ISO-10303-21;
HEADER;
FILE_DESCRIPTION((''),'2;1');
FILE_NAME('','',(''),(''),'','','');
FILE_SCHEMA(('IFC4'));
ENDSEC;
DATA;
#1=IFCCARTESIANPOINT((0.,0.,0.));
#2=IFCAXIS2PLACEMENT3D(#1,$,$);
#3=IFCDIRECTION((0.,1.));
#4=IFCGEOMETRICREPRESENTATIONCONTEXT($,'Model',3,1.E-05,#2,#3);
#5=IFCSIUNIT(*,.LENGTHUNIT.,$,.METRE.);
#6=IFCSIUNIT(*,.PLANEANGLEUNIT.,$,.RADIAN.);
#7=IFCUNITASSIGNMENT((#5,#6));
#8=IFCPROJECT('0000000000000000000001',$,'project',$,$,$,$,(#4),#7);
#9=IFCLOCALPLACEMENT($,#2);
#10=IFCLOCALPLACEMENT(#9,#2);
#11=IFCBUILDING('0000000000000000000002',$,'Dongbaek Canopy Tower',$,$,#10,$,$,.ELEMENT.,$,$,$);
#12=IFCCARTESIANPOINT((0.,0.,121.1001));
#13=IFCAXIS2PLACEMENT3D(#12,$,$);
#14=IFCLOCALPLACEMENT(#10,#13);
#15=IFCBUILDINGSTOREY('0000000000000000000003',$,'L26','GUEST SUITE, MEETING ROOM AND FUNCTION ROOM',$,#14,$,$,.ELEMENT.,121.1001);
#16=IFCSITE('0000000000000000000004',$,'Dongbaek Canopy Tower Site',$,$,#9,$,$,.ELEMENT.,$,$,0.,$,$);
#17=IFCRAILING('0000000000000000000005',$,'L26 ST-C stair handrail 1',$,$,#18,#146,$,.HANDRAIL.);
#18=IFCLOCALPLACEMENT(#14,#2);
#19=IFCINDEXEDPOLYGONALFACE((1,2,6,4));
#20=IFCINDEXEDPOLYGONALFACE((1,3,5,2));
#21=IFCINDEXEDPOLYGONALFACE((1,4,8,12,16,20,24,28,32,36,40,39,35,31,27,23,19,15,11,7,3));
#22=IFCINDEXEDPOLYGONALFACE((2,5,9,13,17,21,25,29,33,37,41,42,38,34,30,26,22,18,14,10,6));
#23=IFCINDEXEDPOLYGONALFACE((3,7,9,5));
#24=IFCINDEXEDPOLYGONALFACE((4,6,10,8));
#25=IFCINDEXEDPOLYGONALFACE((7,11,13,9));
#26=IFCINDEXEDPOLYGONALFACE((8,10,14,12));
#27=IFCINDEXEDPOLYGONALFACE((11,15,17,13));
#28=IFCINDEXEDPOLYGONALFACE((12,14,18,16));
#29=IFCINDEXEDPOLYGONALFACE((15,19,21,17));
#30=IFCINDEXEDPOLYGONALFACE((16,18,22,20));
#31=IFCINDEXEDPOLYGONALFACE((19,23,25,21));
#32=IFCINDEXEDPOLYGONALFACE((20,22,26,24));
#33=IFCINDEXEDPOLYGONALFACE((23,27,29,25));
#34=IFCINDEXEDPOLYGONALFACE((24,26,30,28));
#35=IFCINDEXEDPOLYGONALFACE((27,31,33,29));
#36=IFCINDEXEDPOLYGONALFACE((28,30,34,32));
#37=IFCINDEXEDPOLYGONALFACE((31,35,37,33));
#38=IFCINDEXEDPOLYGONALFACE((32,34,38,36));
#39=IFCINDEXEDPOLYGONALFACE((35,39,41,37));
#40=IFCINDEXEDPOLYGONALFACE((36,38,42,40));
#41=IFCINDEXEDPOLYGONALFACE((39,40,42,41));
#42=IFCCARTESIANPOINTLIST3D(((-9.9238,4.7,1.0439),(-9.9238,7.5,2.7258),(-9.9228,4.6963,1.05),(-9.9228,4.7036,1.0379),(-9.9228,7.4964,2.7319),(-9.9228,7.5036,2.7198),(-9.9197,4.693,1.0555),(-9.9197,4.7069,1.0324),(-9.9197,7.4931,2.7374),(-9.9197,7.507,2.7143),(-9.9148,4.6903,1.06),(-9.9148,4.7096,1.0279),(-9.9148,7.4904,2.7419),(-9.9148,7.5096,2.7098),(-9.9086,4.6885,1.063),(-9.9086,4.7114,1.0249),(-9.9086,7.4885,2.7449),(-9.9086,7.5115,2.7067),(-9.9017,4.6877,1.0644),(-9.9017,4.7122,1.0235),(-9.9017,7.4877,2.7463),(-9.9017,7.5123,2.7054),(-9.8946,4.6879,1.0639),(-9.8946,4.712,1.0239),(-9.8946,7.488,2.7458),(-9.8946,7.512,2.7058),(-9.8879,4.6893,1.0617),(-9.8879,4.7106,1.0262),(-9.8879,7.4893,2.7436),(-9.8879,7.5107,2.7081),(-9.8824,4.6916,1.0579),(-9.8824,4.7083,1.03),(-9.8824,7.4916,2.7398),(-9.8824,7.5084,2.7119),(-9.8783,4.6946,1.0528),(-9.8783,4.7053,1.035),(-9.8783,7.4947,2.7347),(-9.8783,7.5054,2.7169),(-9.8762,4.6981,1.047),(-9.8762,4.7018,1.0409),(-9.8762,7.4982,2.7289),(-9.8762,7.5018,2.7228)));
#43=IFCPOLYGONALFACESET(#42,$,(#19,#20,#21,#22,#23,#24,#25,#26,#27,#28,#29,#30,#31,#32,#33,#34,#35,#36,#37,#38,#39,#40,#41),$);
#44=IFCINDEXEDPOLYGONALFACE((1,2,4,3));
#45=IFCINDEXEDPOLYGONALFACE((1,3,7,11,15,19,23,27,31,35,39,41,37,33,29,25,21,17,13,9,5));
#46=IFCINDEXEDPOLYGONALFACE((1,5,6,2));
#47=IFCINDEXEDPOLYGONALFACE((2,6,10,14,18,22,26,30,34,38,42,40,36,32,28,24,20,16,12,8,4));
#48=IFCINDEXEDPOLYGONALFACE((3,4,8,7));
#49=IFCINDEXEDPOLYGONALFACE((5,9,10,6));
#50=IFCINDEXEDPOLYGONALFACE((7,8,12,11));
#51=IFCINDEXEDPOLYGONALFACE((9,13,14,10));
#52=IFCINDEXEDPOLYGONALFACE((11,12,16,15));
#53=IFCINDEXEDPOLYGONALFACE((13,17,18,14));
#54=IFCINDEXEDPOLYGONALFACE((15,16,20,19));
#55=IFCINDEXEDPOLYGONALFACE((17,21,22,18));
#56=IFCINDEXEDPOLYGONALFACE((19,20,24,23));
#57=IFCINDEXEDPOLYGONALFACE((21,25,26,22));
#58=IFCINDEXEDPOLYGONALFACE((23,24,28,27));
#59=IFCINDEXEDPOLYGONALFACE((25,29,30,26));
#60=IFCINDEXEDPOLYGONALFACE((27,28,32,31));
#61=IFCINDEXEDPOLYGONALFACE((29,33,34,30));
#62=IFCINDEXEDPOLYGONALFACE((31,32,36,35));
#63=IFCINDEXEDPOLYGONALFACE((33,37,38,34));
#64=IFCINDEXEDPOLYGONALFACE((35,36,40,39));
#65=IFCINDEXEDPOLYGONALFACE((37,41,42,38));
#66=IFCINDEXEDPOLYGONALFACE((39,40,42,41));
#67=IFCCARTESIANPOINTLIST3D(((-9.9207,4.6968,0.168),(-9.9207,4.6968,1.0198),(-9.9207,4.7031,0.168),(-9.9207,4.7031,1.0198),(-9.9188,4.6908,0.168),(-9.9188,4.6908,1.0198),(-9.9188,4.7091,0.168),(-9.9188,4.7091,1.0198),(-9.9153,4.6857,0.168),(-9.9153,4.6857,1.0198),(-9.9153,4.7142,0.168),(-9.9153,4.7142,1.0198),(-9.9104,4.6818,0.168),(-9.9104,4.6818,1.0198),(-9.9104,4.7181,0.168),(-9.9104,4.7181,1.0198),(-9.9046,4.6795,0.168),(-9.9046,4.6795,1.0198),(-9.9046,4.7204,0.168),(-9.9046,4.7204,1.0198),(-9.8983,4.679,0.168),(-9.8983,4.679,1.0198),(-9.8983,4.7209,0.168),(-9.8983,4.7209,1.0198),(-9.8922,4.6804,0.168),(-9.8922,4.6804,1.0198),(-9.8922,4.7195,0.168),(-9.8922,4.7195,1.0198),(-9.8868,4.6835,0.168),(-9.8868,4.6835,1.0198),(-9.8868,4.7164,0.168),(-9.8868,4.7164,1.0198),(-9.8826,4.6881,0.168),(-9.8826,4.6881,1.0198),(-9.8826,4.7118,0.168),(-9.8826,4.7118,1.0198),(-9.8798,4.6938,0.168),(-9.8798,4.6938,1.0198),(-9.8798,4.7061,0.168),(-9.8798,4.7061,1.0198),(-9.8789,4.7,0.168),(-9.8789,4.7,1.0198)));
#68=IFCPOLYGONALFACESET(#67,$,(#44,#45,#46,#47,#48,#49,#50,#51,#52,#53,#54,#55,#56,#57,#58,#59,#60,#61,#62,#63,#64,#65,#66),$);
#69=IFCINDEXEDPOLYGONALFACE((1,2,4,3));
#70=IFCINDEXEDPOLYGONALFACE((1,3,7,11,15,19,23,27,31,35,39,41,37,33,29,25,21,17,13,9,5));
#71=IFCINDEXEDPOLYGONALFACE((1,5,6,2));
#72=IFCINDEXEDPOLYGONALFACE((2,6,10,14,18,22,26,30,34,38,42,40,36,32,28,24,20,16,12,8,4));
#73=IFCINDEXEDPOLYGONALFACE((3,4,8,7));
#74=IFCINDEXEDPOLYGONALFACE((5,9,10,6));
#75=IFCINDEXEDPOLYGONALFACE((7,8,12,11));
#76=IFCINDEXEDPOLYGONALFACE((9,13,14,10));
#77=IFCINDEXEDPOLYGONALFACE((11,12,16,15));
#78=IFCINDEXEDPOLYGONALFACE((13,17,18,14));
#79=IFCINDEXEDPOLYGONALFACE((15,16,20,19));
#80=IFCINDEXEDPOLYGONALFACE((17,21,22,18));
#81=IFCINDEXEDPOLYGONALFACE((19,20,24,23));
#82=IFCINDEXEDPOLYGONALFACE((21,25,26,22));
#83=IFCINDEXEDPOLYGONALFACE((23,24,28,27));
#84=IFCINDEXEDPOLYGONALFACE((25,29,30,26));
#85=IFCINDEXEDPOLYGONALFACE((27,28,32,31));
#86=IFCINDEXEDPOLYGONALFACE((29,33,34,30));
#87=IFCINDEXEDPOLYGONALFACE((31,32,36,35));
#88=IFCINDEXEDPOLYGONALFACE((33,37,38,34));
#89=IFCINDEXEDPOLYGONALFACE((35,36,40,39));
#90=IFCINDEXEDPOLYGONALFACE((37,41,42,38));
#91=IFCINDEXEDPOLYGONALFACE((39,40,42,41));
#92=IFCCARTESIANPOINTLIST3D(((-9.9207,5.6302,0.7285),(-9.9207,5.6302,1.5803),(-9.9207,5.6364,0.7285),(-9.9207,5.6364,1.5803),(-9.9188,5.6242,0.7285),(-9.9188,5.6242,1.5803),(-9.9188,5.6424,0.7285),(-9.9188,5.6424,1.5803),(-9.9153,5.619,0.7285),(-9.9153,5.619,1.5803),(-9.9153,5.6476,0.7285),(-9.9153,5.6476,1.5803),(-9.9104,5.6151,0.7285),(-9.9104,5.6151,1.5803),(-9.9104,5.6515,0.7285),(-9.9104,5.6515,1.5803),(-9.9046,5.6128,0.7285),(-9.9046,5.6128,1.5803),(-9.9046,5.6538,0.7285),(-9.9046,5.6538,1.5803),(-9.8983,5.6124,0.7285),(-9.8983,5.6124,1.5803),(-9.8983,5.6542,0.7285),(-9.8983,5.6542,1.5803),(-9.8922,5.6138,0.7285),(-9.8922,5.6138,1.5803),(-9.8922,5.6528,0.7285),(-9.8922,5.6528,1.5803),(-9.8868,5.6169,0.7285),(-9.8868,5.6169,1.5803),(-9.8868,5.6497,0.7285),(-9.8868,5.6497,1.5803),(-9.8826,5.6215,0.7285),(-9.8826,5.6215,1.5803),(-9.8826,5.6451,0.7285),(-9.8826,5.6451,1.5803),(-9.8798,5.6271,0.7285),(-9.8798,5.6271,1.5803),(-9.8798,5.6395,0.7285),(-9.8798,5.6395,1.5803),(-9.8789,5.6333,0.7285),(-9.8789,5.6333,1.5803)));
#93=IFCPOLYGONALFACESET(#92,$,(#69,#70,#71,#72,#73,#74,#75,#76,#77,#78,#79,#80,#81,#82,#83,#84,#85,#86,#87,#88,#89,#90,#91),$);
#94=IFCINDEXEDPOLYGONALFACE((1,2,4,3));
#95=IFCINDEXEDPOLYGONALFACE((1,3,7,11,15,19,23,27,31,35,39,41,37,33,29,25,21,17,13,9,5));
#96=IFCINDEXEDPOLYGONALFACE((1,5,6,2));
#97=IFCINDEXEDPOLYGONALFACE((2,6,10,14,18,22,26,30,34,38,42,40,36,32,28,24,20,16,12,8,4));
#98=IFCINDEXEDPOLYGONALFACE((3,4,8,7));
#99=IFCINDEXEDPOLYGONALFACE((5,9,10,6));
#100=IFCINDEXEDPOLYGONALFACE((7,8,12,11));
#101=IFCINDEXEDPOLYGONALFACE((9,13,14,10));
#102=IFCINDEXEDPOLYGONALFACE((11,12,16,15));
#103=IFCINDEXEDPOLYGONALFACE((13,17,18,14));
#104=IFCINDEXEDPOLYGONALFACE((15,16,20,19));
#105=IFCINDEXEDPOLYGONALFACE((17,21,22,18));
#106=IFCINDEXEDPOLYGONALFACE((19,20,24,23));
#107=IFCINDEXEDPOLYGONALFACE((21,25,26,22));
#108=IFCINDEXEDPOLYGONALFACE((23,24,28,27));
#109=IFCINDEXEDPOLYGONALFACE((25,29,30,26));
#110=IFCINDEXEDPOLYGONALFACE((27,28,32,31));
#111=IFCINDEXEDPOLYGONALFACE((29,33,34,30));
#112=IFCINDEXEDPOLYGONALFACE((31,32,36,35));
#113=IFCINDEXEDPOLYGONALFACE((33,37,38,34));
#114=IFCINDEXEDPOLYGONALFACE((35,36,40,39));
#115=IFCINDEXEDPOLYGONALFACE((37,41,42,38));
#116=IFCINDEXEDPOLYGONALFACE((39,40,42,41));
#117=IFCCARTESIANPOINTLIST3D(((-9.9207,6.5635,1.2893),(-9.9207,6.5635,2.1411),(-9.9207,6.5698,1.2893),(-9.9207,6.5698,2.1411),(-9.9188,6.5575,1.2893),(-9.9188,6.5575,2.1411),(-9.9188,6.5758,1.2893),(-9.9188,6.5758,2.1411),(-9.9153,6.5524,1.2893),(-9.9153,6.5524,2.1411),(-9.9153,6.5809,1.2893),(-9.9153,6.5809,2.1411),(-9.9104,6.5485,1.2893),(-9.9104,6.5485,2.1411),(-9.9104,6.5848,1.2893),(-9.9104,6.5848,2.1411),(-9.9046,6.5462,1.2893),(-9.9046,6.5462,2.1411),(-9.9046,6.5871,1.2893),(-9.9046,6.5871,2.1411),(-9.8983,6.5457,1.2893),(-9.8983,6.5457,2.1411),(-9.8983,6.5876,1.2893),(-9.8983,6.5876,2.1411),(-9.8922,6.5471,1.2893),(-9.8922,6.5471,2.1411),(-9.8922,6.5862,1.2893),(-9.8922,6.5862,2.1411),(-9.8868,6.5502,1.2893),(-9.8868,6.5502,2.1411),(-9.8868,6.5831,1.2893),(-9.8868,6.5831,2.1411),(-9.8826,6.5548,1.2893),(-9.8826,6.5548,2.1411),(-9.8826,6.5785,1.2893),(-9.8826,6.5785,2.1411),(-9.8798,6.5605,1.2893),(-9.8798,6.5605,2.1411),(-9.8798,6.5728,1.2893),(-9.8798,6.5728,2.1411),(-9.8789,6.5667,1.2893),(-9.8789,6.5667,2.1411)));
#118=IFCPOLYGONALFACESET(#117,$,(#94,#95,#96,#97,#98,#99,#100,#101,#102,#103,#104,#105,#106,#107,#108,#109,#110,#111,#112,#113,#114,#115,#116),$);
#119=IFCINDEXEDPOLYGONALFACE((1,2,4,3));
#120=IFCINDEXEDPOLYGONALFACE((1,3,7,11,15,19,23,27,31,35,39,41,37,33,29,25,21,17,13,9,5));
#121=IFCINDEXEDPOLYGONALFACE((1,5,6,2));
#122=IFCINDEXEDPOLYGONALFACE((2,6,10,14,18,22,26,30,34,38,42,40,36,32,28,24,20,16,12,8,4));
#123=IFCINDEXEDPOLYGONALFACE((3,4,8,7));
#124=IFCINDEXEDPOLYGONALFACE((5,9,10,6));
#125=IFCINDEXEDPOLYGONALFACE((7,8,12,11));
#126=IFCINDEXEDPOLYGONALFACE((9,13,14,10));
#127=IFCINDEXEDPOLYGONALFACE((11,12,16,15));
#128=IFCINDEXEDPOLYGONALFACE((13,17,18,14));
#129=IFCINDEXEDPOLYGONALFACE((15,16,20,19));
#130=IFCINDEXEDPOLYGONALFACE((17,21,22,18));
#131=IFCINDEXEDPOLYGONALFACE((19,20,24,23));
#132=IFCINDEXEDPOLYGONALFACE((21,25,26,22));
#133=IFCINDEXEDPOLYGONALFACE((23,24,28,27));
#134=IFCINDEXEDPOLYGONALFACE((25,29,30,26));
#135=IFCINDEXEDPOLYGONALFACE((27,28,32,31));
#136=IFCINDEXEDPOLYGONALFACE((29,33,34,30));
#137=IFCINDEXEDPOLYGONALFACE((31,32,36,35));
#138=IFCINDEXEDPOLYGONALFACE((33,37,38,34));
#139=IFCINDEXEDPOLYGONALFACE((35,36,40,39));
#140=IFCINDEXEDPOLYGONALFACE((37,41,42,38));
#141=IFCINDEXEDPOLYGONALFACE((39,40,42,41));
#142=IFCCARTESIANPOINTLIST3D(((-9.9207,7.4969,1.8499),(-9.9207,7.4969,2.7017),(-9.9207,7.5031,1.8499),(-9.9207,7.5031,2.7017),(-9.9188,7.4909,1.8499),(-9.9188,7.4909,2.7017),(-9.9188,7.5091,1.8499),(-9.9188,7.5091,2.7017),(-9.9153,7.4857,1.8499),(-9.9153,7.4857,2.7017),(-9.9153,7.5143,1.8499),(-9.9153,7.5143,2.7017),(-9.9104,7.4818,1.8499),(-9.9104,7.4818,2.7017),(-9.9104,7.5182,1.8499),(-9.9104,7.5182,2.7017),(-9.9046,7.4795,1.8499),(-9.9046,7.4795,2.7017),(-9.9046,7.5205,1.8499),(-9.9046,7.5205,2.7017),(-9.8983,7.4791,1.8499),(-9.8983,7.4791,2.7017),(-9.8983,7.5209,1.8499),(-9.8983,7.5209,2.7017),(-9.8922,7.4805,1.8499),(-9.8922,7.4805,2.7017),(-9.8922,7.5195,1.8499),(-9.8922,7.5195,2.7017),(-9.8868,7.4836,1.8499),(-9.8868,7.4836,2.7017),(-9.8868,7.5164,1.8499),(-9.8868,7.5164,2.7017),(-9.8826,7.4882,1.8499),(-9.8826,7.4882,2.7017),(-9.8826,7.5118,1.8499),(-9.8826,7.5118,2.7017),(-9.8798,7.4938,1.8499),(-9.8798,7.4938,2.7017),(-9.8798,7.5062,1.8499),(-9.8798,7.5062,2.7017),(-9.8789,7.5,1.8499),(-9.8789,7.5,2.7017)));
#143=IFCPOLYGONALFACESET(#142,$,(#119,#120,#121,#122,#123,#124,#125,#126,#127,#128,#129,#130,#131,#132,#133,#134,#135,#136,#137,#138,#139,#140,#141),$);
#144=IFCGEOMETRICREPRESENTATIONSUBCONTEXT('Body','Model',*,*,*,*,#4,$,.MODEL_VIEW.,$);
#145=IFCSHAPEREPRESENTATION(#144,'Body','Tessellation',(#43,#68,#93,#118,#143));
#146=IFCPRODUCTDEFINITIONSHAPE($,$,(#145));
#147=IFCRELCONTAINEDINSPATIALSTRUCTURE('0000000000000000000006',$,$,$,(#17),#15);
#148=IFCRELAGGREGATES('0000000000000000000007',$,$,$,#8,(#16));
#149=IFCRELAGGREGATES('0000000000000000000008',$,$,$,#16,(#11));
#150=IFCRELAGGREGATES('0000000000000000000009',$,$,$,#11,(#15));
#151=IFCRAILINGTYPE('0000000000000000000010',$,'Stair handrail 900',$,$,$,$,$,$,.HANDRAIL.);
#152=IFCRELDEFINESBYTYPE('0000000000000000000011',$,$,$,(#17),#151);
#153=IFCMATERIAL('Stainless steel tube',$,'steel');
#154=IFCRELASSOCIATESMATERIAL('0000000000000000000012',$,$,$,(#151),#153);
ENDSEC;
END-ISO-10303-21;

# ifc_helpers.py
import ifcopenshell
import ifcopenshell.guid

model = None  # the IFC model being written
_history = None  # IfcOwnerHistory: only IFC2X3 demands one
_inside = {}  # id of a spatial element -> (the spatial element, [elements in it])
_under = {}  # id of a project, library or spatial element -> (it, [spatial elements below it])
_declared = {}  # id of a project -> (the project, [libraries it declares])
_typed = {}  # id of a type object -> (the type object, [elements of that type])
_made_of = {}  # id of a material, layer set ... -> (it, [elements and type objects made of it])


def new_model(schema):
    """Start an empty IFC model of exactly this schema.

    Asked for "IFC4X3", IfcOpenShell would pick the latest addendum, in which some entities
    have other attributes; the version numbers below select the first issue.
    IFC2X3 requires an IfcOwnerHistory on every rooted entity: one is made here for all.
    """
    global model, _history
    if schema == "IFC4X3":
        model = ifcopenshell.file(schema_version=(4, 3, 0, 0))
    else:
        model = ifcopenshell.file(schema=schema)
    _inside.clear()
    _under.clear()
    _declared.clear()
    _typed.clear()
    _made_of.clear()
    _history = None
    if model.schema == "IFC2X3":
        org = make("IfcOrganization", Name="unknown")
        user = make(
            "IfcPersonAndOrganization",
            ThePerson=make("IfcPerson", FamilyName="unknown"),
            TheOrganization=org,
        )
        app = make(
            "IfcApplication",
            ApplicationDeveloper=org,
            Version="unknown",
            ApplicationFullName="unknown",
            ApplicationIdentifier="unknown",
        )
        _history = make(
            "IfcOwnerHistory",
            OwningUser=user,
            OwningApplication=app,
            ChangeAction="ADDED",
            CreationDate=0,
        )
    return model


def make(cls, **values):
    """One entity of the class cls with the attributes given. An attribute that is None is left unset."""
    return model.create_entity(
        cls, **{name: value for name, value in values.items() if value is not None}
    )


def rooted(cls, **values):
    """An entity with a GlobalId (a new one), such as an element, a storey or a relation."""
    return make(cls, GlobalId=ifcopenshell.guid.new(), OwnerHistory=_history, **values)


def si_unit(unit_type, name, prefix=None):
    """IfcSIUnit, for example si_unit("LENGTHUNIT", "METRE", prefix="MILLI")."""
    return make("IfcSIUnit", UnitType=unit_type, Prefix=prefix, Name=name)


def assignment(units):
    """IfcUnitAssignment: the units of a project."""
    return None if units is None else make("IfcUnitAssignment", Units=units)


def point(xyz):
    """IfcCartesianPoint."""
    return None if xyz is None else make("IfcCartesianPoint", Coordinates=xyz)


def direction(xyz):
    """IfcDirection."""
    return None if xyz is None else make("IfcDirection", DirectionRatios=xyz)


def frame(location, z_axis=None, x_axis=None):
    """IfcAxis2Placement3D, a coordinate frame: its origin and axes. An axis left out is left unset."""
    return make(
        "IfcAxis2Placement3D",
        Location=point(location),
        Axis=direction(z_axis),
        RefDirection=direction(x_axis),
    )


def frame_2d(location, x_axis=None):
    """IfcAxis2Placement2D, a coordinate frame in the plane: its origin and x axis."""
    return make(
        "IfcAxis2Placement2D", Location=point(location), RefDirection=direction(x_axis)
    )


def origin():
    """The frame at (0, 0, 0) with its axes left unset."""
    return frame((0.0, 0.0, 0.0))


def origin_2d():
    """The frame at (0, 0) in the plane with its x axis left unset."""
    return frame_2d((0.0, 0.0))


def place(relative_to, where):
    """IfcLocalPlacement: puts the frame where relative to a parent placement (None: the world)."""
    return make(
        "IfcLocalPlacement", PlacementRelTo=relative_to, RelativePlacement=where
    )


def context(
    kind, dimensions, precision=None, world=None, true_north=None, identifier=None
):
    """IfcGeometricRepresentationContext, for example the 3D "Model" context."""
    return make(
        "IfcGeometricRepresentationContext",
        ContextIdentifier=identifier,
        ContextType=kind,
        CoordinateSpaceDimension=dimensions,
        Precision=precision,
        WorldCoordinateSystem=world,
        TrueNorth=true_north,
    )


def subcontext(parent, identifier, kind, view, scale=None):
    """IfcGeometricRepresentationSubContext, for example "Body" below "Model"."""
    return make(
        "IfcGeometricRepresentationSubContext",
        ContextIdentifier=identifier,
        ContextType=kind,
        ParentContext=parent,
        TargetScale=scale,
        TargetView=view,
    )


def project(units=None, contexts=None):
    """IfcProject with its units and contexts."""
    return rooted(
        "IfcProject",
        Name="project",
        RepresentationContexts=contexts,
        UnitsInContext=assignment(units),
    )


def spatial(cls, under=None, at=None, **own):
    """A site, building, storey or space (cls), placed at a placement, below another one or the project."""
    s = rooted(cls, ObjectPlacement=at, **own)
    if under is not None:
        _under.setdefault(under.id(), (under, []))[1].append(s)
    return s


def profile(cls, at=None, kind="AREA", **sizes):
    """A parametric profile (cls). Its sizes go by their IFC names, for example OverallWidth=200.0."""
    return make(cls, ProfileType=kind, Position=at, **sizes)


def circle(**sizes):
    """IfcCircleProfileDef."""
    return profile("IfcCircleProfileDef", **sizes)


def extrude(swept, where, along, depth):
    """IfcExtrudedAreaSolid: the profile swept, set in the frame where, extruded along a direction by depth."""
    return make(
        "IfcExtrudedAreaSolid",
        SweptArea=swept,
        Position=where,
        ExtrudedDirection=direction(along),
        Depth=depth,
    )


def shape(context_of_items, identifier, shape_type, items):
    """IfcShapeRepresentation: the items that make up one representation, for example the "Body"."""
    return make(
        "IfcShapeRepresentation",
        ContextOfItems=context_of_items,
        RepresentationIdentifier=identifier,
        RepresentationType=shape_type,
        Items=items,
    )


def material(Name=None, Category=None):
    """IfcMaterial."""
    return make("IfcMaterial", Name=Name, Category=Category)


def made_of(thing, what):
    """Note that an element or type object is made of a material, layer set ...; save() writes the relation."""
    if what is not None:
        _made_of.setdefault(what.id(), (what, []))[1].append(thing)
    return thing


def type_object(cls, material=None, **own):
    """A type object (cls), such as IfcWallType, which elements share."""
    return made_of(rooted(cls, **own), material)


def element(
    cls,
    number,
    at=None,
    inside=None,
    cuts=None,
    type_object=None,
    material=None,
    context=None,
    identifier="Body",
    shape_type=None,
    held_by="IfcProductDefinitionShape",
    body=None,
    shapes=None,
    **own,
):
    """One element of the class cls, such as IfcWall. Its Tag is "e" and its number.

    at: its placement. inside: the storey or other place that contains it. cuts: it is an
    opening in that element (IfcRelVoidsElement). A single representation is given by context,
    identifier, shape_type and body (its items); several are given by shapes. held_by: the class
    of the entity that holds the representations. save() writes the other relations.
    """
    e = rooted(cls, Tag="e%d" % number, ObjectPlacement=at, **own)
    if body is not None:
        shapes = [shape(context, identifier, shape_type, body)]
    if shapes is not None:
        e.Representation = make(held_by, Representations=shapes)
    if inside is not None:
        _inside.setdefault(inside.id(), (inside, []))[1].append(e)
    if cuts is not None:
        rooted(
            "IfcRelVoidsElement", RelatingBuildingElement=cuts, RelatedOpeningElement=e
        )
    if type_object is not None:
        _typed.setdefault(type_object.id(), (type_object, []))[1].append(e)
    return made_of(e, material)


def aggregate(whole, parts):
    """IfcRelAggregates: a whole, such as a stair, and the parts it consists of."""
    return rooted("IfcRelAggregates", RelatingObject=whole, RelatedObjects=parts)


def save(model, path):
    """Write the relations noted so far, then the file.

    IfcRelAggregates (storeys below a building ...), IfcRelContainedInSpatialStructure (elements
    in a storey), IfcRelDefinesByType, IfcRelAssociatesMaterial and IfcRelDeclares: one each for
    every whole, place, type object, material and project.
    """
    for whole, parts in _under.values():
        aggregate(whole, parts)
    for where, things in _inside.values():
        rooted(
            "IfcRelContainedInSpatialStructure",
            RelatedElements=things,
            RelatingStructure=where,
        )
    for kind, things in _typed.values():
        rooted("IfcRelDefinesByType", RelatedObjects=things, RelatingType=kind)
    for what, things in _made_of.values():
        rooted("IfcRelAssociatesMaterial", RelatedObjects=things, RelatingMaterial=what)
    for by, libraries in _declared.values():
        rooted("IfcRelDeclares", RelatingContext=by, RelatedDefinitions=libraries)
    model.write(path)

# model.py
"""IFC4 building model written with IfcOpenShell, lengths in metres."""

from ifc_helpers import new_model, si_unit, direction, frame, origin, origin_2d, place, context, subcontext, project, spatial, circle, extrude, material, type_object, element, save


model = new_model("IFC4")

# Units and contexts
model_context = context("Model", 3, precision=1e-05, world=origin(), true_north=direction((0.0, 1.0)))
body_context = subcontext(model_context, "Body", "Model", "MODEL_VIEW")
ifc_project = project(units=[si_unit("LENGTHUNIT", "METRE"), si_unit("PLANEANGLEUNIT", "RADIAN")], contexts=[model_context])

# Site, building, storey
site_placement = place(None, origin())
site = spatial("IfcSite", under=ifc_project, at=site_placement, Name="Dongbaek Canopy Tower Site", CompositionType="ELEMENT", RefElevation=0.0)
building_placement = place(site_placement, origin())
building = spatial("IfcBuilding", under=site, at=building_placement, Name="Dongbaek Canopy Tower", CompositionType="ELEMENT")
storey_placement = place(building_placement, frame((0.0, 0.0, 121.1001)))
storey = spatial("IfcBuildingStorey", under=building, at=storey_placement, Name="L26", Description="GUEST SUITE, MEETING ROOM AND FUNCTION ROOM", CompositionType="ELEMENT", Elevation=121.1001)

# Railing
ifc_material_1 = material(Name="Stainless steel tube", Category="steel")
railing_type_1 = type_object("IfcRailingType", Name="Stair handrail 900", PredefinedType="HANDRAIL", material=ifc_material_1)
railing_1_placement = place(storey_placement, frame((-9.8999, 4.7, 0.168)))
element("IfcRailing", 1, at=railing_1_placement, inside=storey, type_object=railing_type_1, Name="L26 ST-C stair handrail 1", PredefinedType="HANDRAIL", context=body_context, shape_type="SweptSolid", body=[
    extrude(circle(Radius=0.0239, at=origin_2d()), frame((0.0, 0.0, 0.876), z_axis=(0.0, 0.857242, 0.514913), x_axis=(-1.0, 0.0, 0.0)), (0.0, 0.0, 1.0), 3.2664),
    extrude(circle(Radius=0.021, at=origin_2d()), origin(), (0.0, 0.0, 1.0), 0.8518),
    extrude(circle(Radius=0.021, at=origin_2d()), frame((0.0, 0.9333, 0.5605)), (0.0, 0.0, 1.0), 0.8518),
    extrude(circle(Radius=0.021, at=origin_2d()), frame((0.0, 1.8667, 1.1213)), (0.0, 0.0, 1.0), 0.8518),
    extrude(circle(Radius=0.021, at=origin_2d()), frame((0.0, 2.8, 1.6819)), (0.0, 0.0, 1.0), 0.8518),
])

save(model, "model.ifc")
